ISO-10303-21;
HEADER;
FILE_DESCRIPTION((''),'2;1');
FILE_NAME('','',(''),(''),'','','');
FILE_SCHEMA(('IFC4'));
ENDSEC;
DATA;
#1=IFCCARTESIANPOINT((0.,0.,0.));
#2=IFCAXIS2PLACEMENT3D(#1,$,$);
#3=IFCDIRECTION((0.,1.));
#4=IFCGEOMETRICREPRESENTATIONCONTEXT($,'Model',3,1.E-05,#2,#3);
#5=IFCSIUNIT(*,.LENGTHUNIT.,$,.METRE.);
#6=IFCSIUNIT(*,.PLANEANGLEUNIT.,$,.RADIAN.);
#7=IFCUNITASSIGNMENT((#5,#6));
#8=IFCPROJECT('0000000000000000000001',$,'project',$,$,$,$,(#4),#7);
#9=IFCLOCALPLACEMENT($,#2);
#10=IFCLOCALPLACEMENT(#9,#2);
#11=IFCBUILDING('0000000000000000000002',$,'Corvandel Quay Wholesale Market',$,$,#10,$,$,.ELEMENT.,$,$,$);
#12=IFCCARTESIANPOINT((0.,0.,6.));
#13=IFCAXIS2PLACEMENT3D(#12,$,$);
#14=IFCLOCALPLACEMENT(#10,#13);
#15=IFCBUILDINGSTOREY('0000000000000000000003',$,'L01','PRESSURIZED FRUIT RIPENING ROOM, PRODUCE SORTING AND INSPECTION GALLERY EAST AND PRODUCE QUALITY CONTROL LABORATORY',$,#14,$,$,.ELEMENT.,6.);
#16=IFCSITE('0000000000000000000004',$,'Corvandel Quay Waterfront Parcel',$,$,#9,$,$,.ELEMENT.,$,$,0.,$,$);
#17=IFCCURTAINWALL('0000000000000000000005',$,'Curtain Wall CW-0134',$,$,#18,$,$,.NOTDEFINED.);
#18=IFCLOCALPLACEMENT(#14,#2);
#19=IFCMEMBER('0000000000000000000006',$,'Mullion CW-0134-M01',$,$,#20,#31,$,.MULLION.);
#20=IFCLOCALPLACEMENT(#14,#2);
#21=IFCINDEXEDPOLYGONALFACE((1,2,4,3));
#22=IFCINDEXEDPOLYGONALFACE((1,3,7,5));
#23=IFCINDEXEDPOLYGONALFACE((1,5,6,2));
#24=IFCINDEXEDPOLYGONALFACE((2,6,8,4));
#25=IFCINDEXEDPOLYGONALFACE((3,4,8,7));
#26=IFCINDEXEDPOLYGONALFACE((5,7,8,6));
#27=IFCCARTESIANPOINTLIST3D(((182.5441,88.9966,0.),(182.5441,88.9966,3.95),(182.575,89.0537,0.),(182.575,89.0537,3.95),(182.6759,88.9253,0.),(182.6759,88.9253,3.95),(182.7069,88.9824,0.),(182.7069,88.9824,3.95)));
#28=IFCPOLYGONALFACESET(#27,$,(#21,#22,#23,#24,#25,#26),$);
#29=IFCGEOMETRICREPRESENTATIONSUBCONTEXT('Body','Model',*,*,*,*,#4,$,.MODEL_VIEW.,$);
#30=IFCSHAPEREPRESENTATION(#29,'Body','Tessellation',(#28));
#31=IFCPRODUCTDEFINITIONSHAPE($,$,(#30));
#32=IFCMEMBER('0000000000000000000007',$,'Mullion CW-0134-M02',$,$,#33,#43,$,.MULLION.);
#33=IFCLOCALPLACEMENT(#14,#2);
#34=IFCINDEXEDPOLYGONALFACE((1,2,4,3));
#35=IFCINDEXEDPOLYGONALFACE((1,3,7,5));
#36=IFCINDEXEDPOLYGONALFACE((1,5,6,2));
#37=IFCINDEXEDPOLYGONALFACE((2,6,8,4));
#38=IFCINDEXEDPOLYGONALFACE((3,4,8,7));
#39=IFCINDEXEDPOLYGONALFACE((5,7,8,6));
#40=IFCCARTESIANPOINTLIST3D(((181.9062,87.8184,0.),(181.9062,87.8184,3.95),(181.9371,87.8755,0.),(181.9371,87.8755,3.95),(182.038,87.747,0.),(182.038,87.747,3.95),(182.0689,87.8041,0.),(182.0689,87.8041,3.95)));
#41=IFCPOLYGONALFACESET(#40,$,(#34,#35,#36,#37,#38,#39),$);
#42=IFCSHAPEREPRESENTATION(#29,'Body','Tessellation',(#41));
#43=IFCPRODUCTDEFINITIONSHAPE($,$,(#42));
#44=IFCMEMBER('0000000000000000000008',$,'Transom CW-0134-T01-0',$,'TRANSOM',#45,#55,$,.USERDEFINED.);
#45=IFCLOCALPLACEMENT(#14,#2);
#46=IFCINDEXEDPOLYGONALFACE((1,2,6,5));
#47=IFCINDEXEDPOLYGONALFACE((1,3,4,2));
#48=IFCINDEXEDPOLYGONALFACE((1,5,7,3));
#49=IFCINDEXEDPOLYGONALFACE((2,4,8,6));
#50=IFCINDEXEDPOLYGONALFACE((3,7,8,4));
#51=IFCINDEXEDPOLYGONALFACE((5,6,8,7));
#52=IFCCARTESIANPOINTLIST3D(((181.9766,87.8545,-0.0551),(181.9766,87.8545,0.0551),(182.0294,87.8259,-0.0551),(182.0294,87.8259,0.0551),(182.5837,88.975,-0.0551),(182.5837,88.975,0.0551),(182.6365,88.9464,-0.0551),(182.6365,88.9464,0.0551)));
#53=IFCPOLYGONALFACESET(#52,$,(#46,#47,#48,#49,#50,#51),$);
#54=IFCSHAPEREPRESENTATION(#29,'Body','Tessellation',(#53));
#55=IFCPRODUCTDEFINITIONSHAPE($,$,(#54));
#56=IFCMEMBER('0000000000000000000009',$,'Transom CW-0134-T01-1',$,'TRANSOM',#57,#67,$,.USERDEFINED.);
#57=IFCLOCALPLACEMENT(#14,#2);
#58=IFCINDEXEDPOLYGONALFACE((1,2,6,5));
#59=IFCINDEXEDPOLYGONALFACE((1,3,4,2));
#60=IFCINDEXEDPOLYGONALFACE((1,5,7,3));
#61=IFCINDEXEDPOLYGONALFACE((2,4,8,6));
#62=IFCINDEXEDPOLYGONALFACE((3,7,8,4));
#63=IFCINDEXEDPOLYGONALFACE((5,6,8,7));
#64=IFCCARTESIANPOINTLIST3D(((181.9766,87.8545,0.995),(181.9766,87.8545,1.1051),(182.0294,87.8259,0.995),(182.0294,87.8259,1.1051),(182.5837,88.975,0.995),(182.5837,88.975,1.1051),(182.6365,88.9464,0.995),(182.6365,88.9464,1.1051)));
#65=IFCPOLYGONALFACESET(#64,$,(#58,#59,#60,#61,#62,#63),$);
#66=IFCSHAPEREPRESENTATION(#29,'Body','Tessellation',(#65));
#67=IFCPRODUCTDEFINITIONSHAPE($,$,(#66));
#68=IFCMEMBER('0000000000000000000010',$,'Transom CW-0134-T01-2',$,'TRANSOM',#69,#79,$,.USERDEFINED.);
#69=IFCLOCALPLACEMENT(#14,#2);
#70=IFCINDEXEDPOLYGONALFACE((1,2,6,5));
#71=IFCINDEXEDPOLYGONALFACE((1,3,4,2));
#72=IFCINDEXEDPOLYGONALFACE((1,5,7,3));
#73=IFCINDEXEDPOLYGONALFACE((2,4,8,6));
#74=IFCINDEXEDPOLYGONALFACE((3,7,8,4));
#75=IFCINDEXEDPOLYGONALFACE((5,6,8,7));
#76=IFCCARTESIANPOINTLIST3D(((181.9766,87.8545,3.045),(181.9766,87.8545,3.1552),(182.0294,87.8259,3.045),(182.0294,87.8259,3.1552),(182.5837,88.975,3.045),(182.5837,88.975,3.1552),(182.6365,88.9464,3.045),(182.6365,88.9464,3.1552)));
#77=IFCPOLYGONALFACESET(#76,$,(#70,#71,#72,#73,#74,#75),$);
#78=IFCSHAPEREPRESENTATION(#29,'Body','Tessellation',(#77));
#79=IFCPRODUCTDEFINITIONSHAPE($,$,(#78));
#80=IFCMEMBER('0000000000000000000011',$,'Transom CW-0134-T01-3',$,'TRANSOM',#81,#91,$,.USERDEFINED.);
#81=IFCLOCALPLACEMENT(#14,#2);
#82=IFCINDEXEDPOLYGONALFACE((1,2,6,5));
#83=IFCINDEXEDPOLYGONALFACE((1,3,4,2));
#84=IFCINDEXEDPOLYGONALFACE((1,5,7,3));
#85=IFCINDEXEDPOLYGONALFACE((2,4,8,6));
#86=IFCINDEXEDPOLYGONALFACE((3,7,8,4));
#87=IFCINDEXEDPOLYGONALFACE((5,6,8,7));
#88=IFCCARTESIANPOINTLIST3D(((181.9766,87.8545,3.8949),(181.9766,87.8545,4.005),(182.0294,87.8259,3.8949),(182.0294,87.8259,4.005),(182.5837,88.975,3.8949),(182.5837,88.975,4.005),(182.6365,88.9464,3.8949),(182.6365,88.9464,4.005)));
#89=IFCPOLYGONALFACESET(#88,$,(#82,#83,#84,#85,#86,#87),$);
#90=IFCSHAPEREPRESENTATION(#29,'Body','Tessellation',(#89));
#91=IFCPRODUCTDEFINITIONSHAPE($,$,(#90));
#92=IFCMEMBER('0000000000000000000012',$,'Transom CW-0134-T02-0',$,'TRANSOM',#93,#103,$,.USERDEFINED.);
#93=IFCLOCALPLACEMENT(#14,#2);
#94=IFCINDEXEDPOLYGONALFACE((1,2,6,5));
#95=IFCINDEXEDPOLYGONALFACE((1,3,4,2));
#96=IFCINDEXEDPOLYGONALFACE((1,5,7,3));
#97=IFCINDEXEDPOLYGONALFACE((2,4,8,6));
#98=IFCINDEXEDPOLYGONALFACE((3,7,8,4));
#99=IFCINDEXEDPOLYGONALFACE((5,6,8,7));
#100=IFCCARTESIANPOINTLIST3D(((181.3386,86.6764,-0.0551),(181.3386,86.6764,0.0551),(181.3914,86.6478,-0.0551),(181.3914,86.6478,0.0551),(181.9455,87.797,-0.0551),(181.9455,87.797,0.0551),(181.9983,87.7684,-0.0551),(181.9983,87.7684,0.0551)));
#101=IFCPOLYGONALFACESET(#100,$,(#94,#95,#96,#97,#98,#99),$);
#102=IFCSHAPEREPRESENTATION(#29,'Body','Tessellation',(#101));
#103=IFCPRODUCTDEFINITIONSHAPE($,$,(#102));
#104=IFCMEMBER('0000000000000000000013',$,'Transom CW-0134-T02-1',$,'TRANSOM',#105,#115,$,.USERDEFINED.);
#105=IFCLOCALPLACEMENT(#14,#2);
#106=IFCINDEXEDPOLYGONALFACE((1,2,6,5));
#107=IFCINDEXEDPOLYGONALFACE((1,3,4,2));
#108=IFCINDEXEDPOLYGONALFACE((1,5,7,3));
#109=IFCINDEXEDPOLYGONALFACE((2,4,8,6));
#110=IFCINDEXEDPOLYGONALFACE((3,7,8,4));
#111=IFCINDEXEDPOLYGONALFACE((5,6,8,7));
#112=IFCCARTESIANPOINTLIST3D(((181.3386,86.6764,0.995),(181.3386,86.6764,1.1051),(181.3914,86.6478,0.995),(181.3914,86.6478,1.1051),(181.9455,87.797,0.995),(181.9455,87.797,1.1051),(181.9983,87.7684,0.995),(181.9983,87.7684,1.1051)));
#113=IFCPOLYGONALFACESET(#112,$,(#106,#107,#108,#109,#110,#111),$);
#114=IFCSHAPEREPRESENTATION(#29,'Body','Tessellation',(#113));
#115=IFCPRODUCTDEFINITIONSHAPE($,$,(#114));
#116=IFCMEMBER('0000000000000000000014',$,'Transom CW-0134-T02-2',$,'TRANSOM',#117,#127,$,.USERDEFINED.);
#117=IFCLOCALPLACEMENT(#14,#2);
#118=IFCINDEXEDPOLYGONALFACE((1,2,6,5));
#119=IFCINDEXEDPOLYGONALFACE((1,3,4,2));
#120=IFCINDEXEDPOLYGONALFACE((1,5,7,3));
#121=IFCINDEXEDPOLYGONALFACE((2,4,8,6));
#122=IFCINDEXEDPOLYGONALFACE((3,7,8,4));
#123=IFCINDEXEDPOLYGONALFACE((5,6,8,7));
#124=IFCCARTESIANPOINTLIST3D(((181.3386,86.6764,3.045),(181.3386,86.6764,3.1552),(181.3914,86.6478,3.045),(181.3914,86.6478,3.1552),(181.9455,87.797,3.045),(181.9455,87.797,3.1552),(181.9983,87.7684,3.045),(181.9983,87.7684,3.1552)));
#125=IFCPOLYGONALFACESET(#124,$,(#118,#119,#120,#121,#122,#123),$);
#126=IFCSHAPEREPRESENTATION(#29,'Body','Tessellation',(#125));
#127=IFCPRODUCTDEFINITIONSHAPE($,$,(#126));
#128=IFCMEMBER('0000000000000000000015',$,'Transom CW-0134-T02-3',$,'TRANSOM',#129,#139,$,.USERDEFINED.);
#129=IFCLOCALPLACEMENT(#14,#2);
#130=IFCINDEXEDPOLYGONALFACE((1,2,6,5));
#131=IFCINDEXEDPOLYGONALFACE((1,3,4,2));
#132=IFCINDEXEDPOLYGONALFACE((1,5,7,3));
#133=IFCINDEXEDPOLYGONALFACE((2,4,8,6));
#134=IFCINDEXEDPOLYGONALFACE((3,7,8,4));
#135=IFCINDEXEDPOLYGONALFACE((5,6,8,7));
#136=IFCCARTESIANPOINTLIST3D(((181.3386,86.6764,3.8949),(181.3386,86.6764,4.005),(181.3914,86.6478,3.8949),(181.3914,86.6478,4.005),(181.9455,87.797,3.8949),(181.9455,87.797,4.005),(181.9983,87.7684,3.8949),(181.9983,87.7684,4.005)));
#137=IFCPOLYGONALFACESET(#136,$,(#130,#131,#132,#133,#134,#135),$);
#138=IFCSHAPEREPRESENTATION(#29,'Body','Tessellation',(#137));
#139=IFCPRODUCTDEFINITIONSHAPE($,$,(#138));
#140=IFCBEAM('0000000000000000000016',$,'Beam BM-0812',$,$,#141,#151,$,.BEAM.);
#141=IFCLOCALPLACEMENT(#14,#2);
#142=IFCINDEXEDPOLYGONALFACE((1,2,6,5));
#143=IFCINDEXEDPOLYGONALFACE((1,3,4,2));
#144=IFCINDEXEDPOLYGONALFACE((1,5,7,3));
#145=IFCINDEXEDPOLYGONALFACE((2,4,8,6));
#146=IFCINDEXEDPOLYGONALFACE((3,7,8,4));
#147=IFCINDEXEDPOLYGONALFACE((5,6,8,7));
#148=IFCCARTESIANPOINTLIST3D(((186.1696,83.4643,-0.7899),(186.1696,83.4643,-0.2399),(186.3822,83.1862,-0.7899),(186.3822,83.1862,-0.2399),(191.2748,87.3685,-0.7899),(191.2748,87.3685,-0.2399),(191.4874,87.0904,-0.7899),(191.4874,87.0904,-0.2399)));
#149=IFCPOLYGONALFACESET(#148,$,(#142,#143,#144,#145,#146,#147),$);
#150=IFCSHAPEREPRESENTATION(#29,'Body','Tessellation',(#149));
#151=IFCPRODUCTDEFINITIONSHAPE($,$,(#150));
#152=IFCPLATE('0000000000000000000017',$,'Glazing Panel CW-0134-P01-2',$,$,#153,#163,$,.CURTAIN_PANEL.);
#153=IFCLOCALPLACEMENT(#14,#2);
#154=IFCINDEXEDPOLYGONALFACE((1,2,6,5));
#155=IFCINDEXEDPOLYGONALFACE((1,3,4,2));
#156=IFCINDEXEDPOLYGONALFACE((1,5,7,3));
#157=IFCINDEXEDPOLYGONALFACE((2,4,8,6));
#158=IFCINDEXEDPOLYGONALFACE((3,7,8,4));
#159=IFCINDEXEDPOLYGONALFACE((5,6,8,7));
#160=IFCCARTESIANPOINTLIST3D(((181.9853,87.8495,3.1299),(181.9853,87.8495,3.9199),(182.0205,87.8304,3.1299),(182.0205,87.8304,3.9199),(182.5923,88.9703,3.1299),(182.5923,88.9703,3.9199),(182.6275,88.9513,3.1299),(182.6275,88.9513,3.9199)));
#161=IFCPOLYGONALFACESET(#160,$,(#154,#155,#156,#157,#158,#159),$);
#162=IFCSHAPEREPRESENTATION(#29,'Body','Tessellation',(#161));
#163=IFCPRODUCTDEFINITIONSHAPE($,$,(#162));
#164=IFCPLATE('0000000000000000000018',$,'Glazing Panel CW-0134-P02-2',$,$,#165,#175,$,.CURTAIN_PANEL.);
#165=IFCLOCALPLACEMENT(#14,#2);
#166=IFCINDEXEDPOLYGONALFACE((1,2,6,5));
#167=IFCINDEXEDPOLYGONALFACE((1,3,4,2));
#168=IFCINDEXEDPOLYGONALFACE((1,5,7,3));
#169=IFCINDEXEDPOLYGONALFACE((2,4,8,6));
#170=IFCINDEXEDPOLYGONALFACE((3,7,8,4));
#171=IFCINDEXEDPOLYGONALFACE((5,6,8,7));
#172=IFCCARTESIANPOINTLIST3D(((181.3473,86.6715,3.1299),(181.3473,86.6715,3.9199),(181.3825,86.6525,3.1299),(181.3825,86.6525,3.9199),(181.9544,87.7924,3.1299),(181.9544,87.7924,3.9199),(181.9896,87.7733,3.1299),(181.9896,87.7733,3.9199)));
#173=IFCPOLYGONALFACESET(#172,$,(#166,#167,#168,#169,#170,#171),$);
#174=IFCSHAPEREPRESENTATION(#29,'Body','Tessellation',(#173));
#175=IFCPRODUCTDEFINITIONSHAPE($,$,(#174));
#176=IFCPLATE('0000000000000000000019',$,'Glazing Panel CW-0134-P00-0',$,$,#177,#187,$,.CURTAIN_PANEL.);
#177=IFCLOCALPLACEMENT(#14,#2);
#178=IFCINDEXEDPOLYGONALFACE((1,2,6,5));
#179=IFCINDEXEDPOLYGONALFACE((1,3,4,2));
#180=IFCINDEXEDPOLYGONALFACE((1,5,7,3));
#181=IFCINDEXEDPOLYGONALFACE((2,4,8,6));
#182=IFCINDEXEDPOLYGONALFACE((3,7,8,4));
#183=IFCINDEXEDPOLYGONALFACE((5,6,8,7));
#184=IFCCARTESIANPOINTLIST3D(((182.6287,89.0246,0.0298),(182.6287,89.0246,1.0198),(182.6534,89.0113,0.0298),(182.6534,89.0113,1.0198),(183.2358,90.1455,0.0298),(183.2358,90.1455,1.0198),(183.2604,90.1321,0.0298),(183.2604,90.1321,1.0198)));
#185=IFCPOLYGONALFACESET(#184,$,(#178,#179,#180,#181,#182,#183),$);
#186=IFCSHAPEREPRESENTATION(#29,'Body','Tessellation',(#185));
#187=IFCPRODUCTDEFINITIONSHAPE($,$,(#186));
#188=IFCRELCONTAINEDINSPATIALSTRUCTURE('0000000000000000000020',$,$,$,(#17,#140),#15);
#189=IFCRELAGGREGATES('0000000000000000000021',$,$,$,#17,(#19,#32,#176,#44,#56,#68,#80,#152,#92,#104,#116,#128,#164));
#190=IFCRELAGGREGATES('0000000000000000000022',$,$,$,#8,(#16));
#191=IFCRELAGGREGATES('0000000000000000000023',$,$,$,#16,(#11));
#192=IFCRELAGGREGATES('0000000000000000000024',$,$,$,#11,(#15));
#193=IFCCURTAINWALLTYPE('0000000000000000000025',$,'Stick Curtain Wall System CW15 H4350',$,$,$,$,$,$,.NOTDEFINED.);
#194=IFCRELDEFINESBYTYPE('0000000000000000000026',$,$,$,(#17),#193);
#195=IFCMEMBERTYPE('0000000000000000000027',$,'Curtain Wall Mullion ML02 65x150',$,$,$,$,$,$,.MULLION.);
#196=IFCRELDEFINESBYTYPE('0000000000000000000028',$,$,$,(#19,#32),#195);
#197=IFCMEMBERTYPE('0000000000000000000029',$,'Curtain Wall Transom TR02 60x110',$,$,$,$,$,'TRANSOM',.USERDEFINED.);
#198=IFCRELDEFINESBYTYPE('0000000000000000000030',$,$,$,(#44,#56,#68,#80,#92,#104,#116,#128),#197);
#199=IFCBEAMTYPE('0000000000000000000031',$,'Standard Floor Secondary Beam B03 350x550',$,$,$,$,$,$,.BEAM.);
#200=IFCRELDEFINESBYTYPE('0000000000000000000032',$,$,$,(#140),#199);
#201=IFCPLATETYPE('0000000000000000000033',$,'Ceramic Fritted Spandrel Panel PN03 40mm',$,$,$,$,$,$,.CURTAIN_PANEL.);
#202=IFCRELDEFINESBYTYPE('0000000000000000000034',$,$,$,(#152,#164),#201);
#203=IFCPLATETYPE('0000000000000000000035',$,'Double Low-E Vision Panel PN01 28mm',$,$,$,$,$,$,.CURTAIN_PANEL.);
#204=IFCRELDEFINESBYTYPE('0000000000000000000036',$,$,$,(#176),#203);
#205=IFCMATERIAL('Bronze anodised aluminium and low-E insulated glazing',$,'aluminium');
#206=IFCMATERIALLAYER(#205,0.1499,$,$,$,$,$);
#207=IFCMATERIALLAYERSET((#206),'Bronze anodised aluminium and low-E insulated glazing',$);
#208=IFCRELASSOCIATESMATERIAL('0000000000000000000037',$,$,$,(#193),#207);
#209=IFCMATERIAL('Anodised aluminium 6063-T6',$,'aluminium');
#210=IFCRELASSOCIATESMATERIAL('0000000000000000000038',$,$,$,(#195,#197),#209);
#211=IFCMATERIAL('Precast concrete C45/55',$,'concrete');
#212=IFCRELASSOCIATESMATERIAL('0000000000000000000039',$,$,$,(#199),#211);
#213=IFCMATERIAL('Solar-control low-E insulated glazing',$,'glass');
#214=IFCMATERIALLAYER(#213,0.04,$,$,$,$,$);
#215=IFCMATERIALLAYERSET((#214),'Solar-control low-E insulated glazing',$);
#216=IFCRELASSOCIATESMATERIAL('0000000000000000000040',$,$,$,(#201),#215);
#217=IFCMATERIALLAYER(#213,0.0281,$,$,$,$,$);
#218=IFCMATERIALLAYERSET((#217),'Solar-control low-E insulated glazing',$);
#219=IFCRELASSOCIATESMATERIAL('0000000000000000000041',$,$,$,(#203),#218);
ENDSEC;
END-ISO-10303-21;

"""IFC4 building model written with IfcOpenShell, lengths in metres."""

from ifc_helpers import new_model, si_unit, direction, frame, origin, origin_2d, place, context, subcontext, project, spatial, rectangle, extrude, material, layer, layer_set, material_profile, profile_set, type_object, element, aggregate, save


model = new_model("IFC4")

# Units and contexts
model_context = context("Model", 3, precision=1e-05, world=origin(), true_north=direction((0.0, 1.0)))
body_context = subcontext(model_context, "Body", "Model", "MODEL_VIEW")
ifc_project = project(units=[si_unit("LENGTHUNIT", "METRE"), si_unit("PLANEANGLEUNIT", "RADIAN")], contexts=[model_context])

# Site, building, storey
site_placement = place(None, origin())
site = spatial("IfcSite", under=ifc_project, at=site_placement, Name="Corvandel Quay Waterfront Parcel", CompositionType="ELEMENT", RefElevation=0.0)
building_placement = place(site_placement, origin())
building = spatial("IfcBuilding", under=site, at=building_placement, Name="Corvandel Quay Wholesale Market", CompositionType="ELEMENT")
storey_placement = place(building_placement, frame((0.0, 0.0, 6.0)))
storey = spatial("IfcBuildingStorey", under=building, at=storey_placement, Name="L01", Description="PRESSURIZED FRUIT RIPENING ROOM, PRODUCE SORTING AND INSPECTION GALLERY EAST AND PRODUCE QUALITY CONTROL LABORATORY", CompositionType="ELEMENT", Elevation=6.0)

# Curtain wall, members
ifc_material_1 = material(Name="Bronze anodised aluminium and low-E insulated glazing", Category="aluminium")
ifc_layer_1 = layer(ifc_material_1, 0.1499)
ifc_layer_set_1 = layer_set([ifc_layer_1], Name="Bronze anodised aluminium and low-E insulated glazing")
curtain_wall_type = type_object("IfcCurtainWallType", Name="Stick Curtain Wall System CW15 H4350", PredefinedType="NOTDEFINED", material=ifc_layer_set_1)
curtain_wall_placement = place(storey_placement, origin())
curtain_wall = element("IfcCurtainWall", 1, at=curtain_wall_placement, inside=storey, type_object=curtain_wall_type, Name="Curtain Wall CW-0134", PredefinedType="NOTDEFINED")
ifc_material_2 = material(Name="Anodised aluminium 6063-T6", Category="aluminium")
ifc_material_profile_1 = material_profile(ifc_material_2, rectangle(XDim=0.0649, YDim=0.1499, at=origin_2d()), Name="ALU-MUL-65x150")
ifc_profile_set_1 = profile_set([ifc_material_profile_1], Name="Anodised aluminium 6063-T6")
member_type_1 = type_object("IfcMemberType", Name="Curtain Wall Mullion ML02 65x150", PredefinedType="MULLION", material=ifc_profile_set_1)
member_1_placement = place(storey_placement, frame((182.6255, 88.9895, 0.0), z_axis=(0.0, 0.0, 1.0), x_axis=(0.476238, 0.879316, 0.0)))
member_1 = element("IfcMember", 2, at=member_1_placement, type_object=member_type_1, Name="Mullion CW-0134-M01", PredefinedType="MULLION", context=body_context, shape_type="SweptSolid", body=[
    extrude(rectangle(XDim=0.0649, YDim=0.1499, at=origin_2d()), origin(), (0.0, 0.0, 1.0), 3.95),
])
member_2_placement = place(storey_placement, frame((181.9875, 87.8113, 0.0), z_axis=(0.0, 0.0, 1.0), x_axis=(0.476238, 0.879316, 0.0)))
member_2 = element("IfcMember", 3, at=member_2_placement, type_object=member_type_1, Name="Mullion CW-0134-M02", PredefinedType="MULLION", context=body_context, shape_type="SweptSolid", body=[
    extrude(rectangle(XDim=0.0649, YDim=0.1499, at=origin_2d()), origin(), (0.0, 0.0, 1.0), 3.95),
])
ifc_material_profile_2 = material_profile(ifc_material_2, rectangle(XDim=0.0601, YDim=0.1101, at=origin_2d()), Name="ALU-TRN-60x110")
ifc_profile_set_2 = profile_set([ifc_material_profile_2], Name="Anodised aluminium 6063-T6")
member_type_2 = type_object("IfcMemberType", Name="Curtain Wall Transom TR02 60x110", ElementType="TRANSOM", PredefinedType="USERDEFINED", material=ifc_profile_set_2)
member_3_placement = place(storey_placement, frame((182.6101, 88.9607, 0.0), z_axis=(-0.476394, -0.879232, 0.0), x_axis=(0.879232, -0.476394, 0.0)))
member_3 = element("IfcMember", 4, at=member_3_placement, type_object=member_type_2, Name="Transom CW-0134-T01-0", ObjectType="TRANSOM", PredefinedType="USERDEFINED", context=body_context, shape_type="SweptSolid", body=[
    extrude(rectangle(XDim=0.0601, YDim=0.1101, at=origin_2d()), origin(), (0.0, 0.0, 1.0), 1.2744),
])
member_4_placement = place(storey_placement, frame((182.6101, 88.9607, 1.05), z_axis=(-0.476394, -0.879232, 0.0), x_axis=(0.879232, -0.476394, 0.0)))
member_4 = element("IfcMember", 5, at=member_4_placement, type_object=member_type_2, Name="Transom CW-0134-T01-1", ObjectType="TRANSOM", PredefinedType="USERDEFINED", context=body_context, shape_type="SweptSolid", body=[
    extrude(rectangle(XDim=0.0601, YDim=0.1101, at=origin_2d()), origin(), (0.0, 0.0, 1.0), 1.2744),
])
member_5_placement = place(storey_placement, frame((182.6101, 88.9607, 3.1001), z_axis=(-0.476394, -0.879232, 0.0), x_axis=(0.879232, -0.476394, 0.0)))
member_5 = element("IfcMember", 6, at=member_5_placement, type_object=member_type_2, Name="Transom CW-0134-T01-2", ObjectType="TRANSOM", PredefinedType="USERDEFINED", context=body_context, shape_type="SweptSolid", body=[
    extrude(rectangle(XDim=0.0601, YDim=0.1101, at=origin_2d()), origin(), (0.0, 0.0, 1.0), 1.2744),
])
member_6_placement = place(storey_placement, frame((182.6101, 88.9607, 3.95), z_axis=(-0.476394, -0.879232, 0.0), x_axis=(0.879232, -0.476394, 0.0)))
member_6 = element("IfcMember", 7, at=member_6_placement, type_object=member_type_2, Name="Transom CW-0134-T01-3", ObjectType="TRANSOM", PredefinedType="USERDEFINED", context=body_context, shape_type="SweptSolid", body=[
    extrude(rectangle(XDim=0.0601, YDim=0.1101, at=origin_2d()), origin(), (0.0, 0.0, 1.0), 1.2744),
])
member_7_placement = place(storey_placement, frame((181.9719, 87.7827, 0.0), z_axis=(-0.476246, -0.879312, 0.0), x_axis=(0.879312, -0.476246, 0.0)))
member_7 = element("IfcMember", 8, at=member_7_placement, type_object=member_type_2, Name="Transom CW-0134-T02-0", ObjectType="TRANSOM", PredefinedType="USERDEFINED", context=body_context, shape_type="SweptSolid", body=[
    extrude(rectangle(XDim=0.0601, YDim=0.1101, at=origin_2d()), origin(), (0.0, 0.0, 1.0), 1.2744),
])
member_8_placement = place(storey_placement, frame((181.9719, 87.7827, 1.05), z_axis=(-0.476246, -0.879312, 0.0), x_axis=(0.879312, -0.476246, 0.0)))
member_8 = element("IfcMember", 9, at=member_8_placement, type_object=member_type_2, Name="Transom CW-0134-T02-1", ObjectType="TRANSOM", PredefinedType="USERDEFINED", context=body_context, shape_type="SweptSolid", body=[
    extrude(rectangle(XDim=0.0601, YDim=0.1101, at=origin_2d()), origin(), (0.0, 0.0, 1.0), 1.2744),
])
member_9_placement = place(storey_placement, frame((181.9719, 87.7827, 3.1001), z_axis=(-0.476246, -0.879312, 0.0), x_axis=(0.879312, -0.476246, 0.0)))
member_9 = element("IfcMember", 10, at=member_9_placement, type_object=member_type_2, Name="Transom CW-0134-T02-2", ObjectType="TRANSOM", PredefinedType="USERDEFINED", context=body_context, shape_type="SweptSolid", body=[
    extrude(rectangle(XDim=0.0601, YDim=0.1101, at=origin_2d()), origin(), (0.0, 0.0, 1.0), 1.2744),
])
member_10_placement = place(storey_placement, frame((181.9719, 87.7827, 3.95), z_axis=(-0.476246, -0.879312, 0.0), x_axis=(0.879312, -0.476246, 0.0)))
member_10 = element("IfcMember", 11, at=member_10_placement, type_object=member_type_2, Name="Transom CW-0134-T02-3", ObjectType="TRANSOM", PredefinedType="USERDEFINED", context=body_context, shape_type="SweptSolid", body=[
    extrude(rectangle(XDim=0.0601, YDim=0.1101, at=origin_2d()), origin(), (0.0, 0.0, 1.0), 1.2744),
])

# Beam
ifc_material_3 = material(Name="Precast concrete C45/55", Category="concrete")
ifc_material_profile_3 = material_profile(ifc_material_3, rectangle(XDim=0.3501, YDim=0.55, at=origin_2d()), Name="PC-BM-350x550")
ifc_profile_set_3 = profile_set([ifc_material_profile_3], Name="Precast concrete C45/55")
beam_type = type_object("IfcBeamType", Name="Standard Floor Secondary Beam B03 350x550", PredefinedType="BEAM", material=ifc_profile_set_3)
beam_placement = place(storey_placement, frame((191.3811, 87.2295, -0.5149), z_axis=(-0.794335, -0.60748, 0.0), x_axis=(0.60748, -0.794335, 0.0)))
element("IfcBeam", 12, at=beam_placement, inside=storey, type_object=beam_type, Name="Beam BM-0812", PredefinedType="BEAM", context=body_context, shape_type="SweptSolid", body=[
    extrude(rectangle(XDim=0.3501, YDim=0.55, at=origin_2d()), origin(), (0.0, 0.0, 1.0), 6.427),
])

# Plates
ifc_material_4 = material(Name="Solar-control low-E insulated glazing", Category="glass")
ifc_layer_2 = layer(ifc_material_4, 0.04)
ifc_layer_set_2 = layer_set([ifc_layer_2], Name="Solar-control low-E insulated glazing")
plate_type_1 = type_object("IfcPlateType", Name="Ceramic Fritted Spandrel Panel PN03 40mm", PredefinedType="CURTAIN_PANEL", material=ifc_layer_set_2)
plate_1_placement = place(storey_placement, frame((182.3064, 88.4004, 3.1299), z_axis=(0.0, 0.0, 1.0), x_axis=(0.476238, 0.879316, 0.0)))
plate_1 = element("IfcPlate", 13, at=plate_1_placement, type_object=plate_type_1, Name="Glazing Panel CW-0134-P01-2", PredefinedType="CURTAIN_PANEL", context=body_context, shape_type="SweptSolid", body=[
    extrude(rectangle(XDim=1.2747, YDim=0.04, at=origin_2d()), origin(), (0.0, 0.0, 1.0), 0.79),
])
plate_2_placement = place(storey_placement, frame((181.6685, 87.2224, 3.1299), z_axis=(0.0, 0.0, 1.0), x_axis=(0.476238, 0.879316, 0.0)))
plate_2 = element("IfcPlate", 14, at=plate_2_placement, type_object=plate_type_1, Name="Glazing Panel CW-0134-P02-2", PredefinedType="CURTAIN_PANEL", context=body_context, shape_type="SweptSolid", body=[
    extrude(rectangle(XDim=1.2747, YDim=0.04, at=origin_2d()), origin(), (0.0, 0.0, 1.0), 0.79),
])
ifc_layer_3 = layer(ifc_material_4, 0.0281)
ifc_layer_set_3 = layer_set([ifc_layer_3], Name="Solar-control low-E insulated glazing")
plate_type_2 = type_object("IfcPlateType", Name="Double Low-E Vision Panel PN01 28mm", PredefinedType="CURTAIN_PANEL", material=ifc_layer_set_3)
plate_3_placement = place(storey_placement, frame((182.9446, 89.5784, 0.0298), z_axis=(0.0, 0.0, 1.0), x_axis=(0.476238, 0.879316, 0.0)))
plate_3 = element("IfcPlate", 15, at=plate_3_placement, type_object=plate_type_2, Name="Glazing Panel CW-0134-P00-0", PredefinedType="CURTAIN_PANEL", context=body_context, shape_type="SweptSolid", body=[
    extrude(rectangle(XDim=1.2747, YDim=0.0281, at=origin_2d()), origin(), (0.0, 0.0, 1.0), 0.99),
])
aggregate(curtain_wall, [member_1, member_2, plate_3, member_3, member_4, member_5, member_6, plate_1, member_7, member_8, member_9, member_10, plate_2])

save(model, "model.ifc")
